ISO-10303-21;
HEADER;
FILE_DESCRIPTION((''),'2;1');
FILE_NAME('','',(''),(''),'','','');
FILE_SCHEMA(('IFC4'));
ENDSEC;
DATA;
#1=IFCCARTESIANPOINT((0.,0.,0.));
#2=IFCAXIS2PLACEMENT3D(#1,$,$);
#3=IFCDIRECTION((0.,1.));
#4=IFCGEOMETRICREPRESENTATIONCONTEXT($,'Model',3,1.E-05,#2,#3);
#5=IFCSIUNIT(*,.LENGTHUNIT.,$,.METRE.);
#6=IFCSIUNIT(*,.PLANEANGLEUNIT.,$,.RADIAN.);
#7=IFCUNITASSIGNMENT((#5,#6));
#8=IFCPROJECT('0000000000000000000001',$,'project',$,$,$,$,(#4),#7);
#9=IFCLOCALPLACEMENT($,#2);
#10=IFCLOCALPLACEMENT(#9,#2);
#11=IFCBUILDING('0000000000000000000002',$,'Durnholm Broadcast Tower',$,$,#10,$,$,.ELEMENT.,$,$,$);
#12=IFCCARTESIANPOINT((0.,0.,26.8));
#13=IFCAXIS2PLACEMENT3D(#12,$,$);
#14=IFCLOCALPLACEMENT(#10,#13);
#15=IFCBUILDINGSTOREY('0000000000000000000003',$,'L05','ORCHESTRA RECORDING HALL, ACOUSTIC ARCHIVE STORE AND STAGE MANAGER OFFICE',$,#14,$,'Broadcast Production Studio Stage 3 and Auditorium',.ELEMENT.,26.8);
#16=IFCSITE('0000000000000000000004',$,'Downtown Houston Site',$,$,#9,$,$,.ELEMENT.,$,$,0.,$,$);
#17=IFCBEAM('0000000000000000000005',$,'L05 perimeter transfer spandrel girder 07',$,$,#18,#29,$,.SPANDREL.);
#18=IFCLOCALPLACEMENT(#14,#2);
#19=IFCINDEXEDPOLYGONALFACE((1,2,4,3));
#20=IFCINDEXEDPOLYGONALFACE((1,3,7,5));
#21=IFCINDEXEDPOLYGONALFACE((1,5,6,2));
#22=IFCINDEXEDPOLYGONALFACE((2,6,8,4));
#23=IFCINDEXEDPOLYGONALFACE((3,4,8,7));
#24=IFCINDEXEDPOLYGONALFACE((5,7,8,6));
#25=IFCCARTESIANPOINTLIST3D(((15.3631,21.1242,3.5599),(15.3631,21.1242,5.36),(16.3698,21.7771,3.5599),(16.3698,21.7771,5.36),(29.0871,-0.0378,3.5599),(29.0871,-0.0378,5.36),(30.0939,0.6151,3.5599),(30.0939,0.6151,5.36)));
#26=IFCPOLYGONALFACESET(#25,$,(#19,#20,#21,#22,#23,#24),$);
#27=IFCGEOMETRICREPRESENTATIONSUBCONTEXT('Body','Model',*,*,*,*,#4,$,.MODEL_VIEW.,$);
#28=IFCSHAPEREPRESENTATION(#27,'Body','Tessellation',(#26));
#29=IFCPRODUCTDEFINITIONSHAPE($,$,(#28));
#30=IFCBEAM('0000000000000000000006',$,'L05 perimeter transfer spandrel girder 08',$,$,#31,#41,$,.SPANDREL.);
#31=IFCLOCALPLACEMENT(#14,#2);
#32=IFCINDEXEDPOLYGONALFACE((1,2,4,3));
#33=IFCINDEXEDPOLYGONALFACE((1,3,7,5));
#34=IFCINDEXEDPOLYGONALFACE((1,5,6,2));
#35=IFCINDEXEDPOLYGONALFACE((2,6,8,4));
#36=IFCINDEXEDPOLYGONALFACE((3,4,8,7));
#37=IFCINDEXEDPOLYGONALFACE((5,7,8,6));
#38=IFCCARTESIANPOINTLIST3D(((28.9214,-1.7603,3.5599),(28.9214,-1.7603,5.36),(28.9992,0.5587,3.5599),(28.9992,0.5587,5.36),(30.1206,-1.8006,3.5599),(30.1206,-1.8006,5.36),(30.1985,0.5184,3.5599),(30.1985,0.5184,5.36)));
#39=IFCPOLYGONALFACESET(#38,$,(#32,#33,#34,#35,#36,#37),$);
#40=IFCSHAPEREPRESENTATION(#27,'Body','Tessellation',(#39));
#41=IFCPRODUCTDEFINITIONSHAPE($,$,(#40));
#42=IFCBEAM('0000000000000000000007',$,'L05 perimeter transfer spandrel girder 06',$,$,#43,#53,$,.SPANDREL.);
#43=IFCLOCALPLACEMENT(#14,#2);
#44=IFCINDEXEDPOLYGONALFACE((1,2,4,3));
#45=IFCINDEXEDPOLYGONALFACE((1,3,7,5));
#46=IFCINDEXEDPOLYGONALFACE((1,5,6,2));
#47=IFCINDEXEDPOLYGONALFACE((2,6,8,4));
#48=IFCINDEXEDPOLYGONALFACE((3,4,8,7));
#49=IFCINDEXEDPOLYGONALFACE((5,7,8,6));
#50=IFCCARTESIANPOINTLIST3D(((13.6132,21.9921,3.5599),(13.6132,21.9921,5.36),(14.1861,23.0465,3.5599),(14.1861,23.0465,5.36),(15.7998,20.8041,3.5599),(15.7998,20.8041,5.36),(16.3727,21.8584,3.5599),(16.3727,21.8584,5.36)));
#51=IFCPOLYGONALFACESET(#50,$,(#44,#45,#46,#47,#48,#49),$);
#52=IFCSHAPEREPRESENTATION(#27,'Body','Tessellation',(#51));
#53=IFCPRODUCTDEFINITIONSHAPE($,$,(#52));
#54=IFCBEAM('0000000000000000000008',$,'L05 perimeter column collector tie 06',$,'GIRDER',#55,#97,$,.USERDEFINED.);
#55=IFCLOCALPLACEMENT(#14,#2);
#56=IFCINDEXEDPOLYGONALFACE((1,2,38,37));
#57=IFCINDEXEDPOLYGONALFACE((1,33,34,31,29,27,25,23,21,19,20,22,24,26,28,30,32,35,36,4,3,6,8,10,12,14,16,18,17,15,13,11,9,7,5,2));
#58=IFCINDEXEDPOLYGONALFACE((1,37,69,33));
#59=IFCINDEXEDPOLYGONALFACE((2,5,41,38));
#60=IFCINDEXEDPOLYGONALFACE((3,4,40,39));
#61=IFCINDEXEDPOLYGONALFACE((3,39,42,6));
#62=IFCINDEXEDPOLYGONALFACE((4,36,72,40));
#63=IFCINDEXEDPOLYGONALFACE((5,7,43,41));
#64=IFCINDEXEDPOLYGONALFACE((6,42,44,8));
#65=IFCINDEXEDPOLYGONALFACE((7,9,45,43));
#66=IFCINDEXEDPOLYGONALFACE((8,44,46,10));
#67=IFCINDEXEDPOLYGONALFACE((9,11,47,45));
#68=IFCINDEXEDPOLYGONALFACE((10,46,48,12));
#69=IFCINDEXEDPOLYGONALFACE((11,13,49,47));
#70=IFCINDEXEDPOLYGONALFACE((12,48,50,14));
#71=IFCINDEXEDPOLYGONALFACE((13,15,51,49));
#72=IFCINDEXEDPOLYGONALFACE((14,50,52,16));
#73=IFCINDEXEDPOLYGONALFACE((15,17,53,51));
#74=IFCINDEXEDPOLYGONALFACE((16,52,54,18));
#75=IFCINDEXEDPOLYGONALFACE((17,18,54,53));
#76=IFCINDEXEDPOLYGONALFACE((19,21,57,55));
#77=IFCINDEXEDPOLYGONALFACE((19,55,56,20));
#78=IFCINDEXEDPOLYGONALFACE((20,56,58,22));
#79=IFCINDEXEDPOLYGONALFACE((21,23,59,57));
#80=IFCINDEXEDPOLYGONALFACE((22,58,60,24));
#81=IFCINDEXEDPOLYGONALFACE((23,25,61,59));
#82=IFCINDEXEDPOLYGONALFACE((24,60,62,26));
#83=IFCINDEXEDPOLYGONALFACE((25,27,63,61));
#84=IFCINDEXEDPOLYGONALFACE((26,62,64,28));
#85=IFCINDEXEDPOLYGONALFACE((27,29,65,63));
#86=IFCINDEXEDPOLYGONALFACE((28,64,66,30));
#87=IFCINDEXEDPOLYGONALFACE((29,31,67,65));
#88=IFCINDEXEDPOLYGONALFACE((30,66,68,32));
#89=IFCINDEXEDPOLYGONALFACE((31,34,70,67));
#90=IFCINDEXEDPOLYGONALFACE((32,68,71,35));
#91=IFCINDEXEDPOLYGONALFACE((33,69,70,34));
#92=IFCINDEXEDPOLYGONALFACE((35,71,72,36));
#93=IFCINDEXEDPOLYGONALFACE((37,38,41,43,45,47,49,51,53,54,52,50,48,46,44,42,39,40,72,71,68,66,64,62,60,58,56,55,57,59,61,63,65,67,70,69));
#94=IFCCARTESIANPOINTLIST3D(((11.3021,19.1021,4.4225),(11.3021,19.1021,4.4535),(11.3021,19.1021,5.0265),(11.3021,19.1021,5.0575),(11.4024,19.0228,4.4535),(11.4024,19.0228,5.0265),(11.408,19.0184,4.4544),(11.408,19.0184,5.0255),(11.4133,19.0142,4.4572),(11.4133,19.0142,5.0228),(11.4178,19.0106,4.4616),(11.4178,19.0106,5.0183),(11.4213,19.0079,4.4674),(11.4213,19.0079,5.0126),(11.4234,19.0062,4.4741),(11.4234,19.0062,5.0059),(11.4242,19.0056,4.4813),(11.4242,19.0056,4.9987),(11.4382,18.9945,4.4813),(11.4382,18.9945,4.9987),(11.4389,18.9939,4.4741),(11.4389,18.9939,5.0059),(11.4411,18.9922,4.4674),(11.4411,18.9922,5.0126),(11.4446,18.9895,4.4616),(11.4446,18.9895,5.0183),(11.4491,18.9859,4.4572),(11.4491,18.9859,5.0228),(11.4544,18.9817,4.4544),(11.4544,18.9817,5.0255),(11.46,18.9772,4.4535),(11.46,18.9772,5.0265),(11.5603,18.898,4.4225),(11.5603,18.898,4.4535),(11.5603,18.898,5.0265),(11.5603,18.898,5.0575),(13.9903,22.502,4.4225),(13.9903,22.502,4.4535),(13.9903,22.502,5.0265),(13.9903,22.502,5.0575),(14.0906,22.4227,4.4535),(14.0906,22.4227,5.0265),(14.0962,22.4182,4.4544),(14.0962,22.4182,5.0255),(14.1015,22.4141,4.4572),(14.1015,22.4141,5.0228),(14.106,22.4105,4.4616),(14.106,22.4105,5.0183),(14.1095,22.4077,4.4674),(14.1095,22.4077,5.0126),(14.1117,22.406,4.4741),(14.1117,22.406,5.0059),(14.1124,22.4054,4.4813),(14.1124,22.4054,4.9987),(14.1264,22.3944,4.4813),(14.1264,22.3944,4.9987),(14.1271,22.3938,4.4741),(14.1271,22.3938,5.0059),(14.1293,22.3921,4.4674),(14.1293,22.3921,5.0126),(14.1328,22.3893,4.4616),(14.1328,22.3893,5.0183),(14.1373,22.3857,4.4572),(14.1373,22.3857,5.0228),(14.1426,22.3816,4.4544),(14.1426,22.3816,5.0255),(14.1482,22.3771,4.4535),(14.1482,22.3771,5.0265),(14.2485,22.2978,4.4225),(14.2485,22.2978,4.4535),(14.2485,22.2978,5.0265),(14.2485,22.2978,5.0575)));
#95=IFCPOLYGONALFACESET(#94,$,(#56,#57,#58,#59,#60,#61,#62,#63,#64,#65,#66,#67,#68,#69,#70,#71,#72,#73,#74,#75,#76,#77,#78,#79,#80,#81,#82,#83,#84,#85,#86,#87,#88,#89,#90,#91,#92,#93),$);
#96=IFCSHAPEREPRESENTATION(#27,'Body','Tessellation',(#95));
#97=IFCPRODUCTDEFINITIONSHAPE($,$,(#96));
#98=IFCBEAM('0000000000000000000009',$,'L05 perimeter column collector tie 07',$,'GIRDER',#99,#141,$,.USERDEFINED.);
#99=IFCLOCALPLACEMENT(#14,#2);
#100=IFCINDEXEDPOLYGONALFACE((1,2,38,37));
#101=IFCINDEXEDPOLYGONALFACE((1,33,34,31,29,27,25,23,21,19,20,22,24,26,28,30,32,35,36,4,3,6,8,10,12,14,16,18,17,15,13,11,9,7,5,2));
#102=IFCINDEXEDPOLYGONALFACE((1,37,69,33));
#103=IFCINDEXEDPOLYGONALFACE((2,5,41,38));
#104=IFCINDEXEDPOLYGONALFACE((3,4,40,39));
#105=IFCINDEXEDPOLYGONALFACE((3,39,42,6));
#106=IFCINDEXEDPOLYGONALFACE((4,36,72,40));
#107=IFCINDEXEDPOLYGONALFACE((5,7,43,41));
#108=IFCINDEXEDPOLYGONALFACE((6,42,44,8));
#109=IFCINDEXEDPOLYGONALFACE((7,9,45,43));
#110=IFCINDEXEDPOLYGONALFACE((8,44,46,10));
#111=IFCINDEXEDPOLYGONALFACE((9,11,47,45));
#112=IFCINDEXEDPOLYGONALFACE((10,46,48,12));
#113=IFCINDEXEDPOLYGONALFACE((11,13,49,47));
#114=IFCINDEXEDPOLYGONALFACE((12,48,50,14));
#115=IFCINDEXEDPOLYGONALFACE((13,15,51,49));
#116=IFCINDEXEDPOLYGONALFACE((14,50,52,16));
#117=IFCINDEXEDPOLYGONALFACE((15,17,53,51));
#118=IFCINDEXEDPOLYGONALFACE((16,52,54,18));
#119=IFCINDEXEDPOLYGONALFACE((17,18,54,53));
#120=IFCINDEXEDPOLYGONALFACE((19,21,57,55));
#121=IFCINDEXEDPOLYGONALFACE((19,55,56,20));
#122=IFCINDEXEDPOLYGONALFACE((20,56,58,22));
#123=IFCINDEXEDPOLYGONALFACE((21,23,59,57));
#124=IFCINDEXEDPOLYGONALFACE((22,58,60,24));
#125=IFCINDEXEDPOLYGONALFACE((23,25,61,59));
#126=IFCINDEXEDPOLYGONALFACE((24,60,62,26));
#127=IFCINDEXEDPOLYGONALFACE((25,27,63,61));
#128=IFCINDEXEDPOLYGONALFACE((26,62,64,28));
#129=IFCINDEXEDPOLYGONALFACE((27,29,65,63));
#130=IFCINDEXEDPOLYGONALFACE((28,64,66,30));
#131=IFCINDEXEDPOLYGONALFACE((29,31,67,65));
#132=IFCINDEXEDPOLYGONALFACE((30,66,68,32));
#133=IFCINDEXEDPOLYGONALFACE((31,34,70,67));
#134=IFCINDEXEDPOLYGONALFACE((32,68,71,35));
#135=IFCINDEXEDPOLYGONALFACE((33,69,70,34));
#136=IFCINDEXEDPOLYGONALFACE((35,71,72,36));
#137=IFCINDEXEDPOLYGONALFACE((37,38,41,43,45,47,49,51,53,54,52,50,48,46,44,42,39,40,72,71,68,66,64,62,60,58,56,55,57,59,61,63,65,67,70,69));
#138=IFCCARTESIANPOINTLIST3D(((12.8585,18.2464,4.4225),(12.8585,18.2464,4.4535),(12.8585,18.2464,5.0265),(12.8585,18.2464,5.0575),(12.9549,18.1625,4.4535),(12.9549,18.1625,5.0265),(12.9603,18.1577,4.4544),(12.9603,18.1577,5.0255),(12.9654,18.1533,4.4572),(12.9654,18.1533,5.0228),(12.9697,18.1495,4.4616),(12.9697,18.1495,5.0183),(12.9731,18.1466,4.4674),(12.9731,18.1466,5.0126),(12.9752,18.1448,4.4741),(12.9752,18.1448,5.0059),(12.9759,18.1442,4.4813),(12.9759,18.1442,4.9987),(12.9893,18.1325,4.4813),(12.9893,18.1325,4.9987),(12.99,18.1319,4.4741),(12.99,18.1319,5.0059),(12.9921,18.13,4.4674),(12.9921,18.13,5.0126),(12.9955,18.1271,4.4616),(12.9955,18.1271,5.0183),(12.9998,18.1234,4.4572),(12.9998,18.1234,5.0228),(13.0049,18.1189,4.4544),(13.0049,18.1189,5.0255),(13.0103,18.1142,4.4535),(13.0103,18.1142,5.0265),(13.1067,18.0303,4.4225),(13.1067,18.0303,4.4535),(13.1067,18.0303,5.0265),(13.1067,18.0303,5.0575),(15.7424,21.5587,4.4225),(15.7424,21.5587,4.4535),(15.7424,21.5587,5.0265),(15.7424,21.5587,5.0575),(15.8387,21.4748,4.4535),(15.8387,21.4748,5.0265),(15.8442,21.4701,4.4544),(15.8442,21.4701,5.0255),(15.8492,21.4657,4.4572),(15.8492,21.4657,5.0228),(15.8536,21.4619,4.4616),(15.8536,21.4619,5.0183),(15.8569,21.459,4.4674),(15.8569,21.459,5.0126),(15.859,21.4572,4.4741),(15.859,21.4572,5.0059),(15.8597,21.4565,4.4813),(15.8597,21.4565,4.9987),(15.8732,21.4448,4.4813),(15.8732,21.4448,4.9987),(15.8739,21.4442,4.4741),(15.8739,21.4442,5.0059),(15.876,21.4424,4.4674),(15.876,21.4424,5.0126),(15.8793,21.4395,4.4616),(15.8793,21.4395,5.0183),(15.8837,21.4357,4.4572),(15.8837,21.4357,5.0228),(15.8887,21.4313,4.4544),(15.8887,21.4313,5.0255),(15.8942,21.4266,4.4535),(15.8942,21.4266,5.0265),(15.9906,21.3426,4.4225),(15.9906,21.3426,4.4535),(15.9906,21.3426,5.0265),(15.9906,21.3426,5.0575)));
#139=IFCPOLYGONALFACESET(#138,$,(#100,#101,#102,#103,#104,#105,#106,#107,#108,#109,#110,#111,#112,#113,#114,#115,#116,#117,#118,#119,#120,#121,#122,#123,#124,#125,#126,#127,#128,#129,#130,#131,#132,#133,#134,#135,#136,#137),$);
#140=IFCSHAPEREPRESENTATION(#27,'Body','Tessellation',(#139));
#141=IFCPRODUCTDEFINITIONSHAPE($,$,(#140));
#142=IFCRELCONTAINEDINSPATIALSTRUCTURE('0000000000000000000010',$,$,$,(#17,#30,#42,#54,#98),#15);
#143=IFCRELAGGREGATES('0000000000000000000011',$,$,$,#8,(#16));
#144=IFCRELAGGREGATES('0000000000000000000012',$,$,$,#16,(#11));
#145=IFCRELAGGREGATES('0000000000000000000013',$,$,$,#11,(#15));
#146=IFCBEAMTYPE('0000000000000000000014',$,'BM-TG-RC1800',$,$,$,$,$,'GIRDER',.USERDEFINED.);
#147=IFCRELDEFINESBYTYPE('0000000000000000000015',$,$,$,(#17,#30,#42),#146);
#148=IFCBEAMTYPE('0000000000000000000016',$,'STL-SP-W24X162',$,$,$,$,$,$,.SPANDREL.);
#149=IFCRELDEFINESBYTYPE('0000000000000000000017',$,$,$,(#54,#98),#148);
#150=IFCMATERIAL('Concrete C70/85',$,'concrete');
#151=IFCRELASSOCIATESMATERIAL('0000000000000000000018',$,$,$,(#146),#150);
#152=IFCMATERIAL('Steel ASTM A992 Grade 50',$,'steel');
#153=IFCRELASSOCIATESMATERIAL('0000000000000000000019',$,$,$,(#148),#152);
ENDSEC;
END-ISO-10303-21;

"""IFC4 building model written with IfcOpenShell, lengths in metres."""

from ifc_helpers import new_model, si_unit, direction, frame, origin, origin_2d, place, context, subcontext, project, spatial, rectangle, i_section, extrude, source, transform, mapped, material, material_profile, profile_set, type_object, type_shapes, element, save


model = new_model("IFC4")

# Units and contexts
model_context = context("Model", 3, precision=1e-05, world=origin(), true_north=direction((0.0, 1.0)))
body_context = subcontext(model_context, "Body", "Model", "MODEL_VIEW")
ifc_project = project(units=[si_unit("LENGTHUNIT", "METRE"), si_unit("PLANEANGLEUNIT", "RADIAN")], contexts=[model_context])

# Site, building, storey
site_placement = place(None, origin())
site = spatial("IfcSite", under=ifc_project, at=site_placement, Name="Downtown Houston Site", CompositionType="ELEMENT", RefElevation=0.0)
building_placement = place(site_placement, origin())
building = spatial("IfcBuilding", under=site, at=building_placement, Name="Durnholm Broadcast Tower", CompositionType="ELEMENT")
storey_placement = place(building_placement, frame((0.0, 0.0, 26.8)))
storey = spatial("IfcBuildingStorey", under=building, at=storey_placement, Name="L05", Description="ORCHESTRA RECORDING HALL, ACOUSTIC ARCHIVE STORE AND STAGE MANAGER OFFICE", LongName="Broadcast Production Studio Stage 3 and Auditorium", CompositionType="ELEMENT", Elevation=26.8)

# Beams
ifc_material_1 = material(Name="Steel ASTM A992 Grade 50", Category="steel")
ifc_material_2 = material(Name="Concrete C70/85", Category="concrete")
ifc_material_profile_1 = material_profile(ifc_material_2, rectangle(XDim=1.2, YDim=1.8, at=origin_2d()), Name="RC1200X1800")
ifc_profile_set_1 = profile_set([ifc_material_profile_1], Name="Concrete C70/85")
beam_type_1 = type_object("IfcBeamType", Name="BM-TG-RC1800", ElementType="GIRDER", PredefinedType="USERDEFINED", material=ifc_profile_set_1)
shared_shape_1 = source(origin(), body_context, "Body", "SweptSolid", [
    extrude(rectangle(XDim=1.2, YDim=1.8, at=origin_2d()), origin(), (0.0, 0.0, 1.0), 25.2227),
])
beam_1_placement = place(storey_placement, frame((15.8665, 21.4507, 4.46), z_axis=(0.544117, -0.839009, 0.0), x_axis=(0.839009, 0.544117, 0.0)))
element("IfcBeam", 1, at=beam_1_placement, inside=storey, type_object=beam_type_1, Name="L05 perimeter transfer spandrel girder 07", PredefinedType="SPANDREL", context=body_context, shape_type="MappedRepresentation", body=[
    mapped(shared_shape_1, transform((0.0, 0.0, 0.0), x_axis=(1.0, 0.0, 0.0), y_axis=(0.0, 1.0, 0.0), z_axis=(0.0, 0.0, 1.0), scale=1.0)),
])
shared_shape_2 = source(origin(), body_context, "Body", "SweptSolid", [
    extrude(rectangle(XDim=1.2, YDim=1.8, at=origin_2d()), origin(), (0.0, 0.0, 1.0), 2.3203),
])
beam_2_placement = place(storey_placement, frame((29.5989, 0.5386, 4.46), z_axis=(-0.033564, -0.999437, 0.0), x_axis=(0.999437, -0.033564, 0.0)))
element("IfcBeam", 2, at=beam_2_placement, inside=storey, type_object=beam_type_1, Name="L05 perimeter transfer spandrel girder 08", PredefinedType="SPANDREL", context=body_context, shape_type="MappedRepresentation", body=[
    mapped(shared_shape_2, transform((0.0, 0.0, 0.0), x_axis=(1.0, 0.0, 0.0), y_axis=(0.0, 1.0, 0.0), z_axis=(0.0, 0.0, 1.0), scale=1.0)),
])
shared_shape_3 = source(origin(), body_context, "Body", "SweptSolid", [
    extrude(rectangle(XDim=1.2, YDim=1.8, at=origin_2d()), origin(), (0.0, 0.0, 1.0), 2.4885),
])
type_shapes(beam_type_1, [shared_shape_1, shared_shape_2, shared_shape_3])
beam_3_placement = place(storey_placement, frame((13.8997, 22.5193, 4.46), z_axis=(0.878682, -0.477408, 0.0), x_axis=(0.477408, 0.878682, 0.0)))
element("IfcBeam", 3, at=beam_3_placement, inside=storey, type_object=beam_type_1, Name="L05 perimeter transfer spandrel girder 06", PredefinedType="SPANDREL", context=body_context, shape_type="MappedRepresentation", body=[
    mapped(shared_shape_3, transform((0.0, 0.0, 0.0), x_axis=(1.0, 0.0, 0.0), y_axis=(0.0, 1.0, 0.0), z_axis=(0.0, 0.0, 1.0), scale=1.0)),
])
ifc_material_profile_2 = material_profile(ifc_material_1, i_section(OverallWidth=0.3291, OverallDepth=0.635, WebThickness=0.0178, FlangeThickness=0.031, FilletRadius=0.0278, at=origin_2d()), Name="W24X162")
ifc_profile_set_2 = profile_set([ifc_material_profile_2], Name="Steel ASTM A992 Grade 50")
beam_type_2 = type_object("IfcBeamType", Name="STL-SP-W24X162", PredefinedType="SPANDREL", material=ifc_profile_set_2)
shared_shape_4 = source(origin(), body_context, "Body", "SweptSolid", [
    extrude(i_section(OverallWidth=0.3291, OverallDepth=0.635, WebThickness=0.0178, FlangeThickness=0.031, FilletRadius=0.0278, at=origin_2d()), origin(), (0.0, 0.0, 1.0), 4.3342),
])
beam_4_placement = place(storey_placement, frame((14.1194, 22.3999, 4.74), z_axis=(-0.620227, -0.784423, 0.0), x_axis=(0.784423, -0.620227, 0.0)))
element("IfcBeam", 4, at=beam_4_placement, inside=storey, type_object=beam_type_2, Name="L05 perimeter column collector tie 06", ObjectType="GIRDER", PredefinedType="USERDEFINED", context=body_context, shape_type="MappedRepresentation", body=[
    mapped(shared_shape_4, transform((0.0, 0.0, 0.0), x_axis=(1.0, 0.0, 0.0), y_axis=(0.0, 1.0, 0.0), z_axis=(0.0, 0.0, 1.0), scale=1.0)),
])
shared_shape_5 = source(origin(), body_context, "Body", "SweptSolid", [
    extrude(i_section(OverallWidth=0.3291, OverallDepth=0.635, WebThickness=0.0178, FlangeThickness=0.031, FilletRadius=0.0278, at=origin_2d()), origin(), (0.0, 0.0, 1.0), 4.3918),
])
type_shapes(beam_type_2, [shared_shape_4, shared_shape_5])
beam_5_placement = place(storey_placement, frame((15.8665, 21.4507, 4.74), z_axis=(-0.656641, -0.754203, 0.0), x_axis=(0.754203, -0.656641, 0.0)))
element("IfcBeam", 5, at=beam_5_placement, inside=storey, type_object=beam_type_2, Name="L05 perimeter column collector tie 07", ObjectType="GIRDER", PredefinedType="USERDEFINED", context=body_context, shape_type="MappedRepresentation", body=[
    mapped(shared_shape_5, transform((0.0, 0.0, 0.0), x_axis=(1.0, 0.0, 0.0), y_axis=(0.0, 1.0, 0.0), z_axis=(0.0, 0.0, 1.0), scale=1.0)),
])

save(model, "model.ifc")
